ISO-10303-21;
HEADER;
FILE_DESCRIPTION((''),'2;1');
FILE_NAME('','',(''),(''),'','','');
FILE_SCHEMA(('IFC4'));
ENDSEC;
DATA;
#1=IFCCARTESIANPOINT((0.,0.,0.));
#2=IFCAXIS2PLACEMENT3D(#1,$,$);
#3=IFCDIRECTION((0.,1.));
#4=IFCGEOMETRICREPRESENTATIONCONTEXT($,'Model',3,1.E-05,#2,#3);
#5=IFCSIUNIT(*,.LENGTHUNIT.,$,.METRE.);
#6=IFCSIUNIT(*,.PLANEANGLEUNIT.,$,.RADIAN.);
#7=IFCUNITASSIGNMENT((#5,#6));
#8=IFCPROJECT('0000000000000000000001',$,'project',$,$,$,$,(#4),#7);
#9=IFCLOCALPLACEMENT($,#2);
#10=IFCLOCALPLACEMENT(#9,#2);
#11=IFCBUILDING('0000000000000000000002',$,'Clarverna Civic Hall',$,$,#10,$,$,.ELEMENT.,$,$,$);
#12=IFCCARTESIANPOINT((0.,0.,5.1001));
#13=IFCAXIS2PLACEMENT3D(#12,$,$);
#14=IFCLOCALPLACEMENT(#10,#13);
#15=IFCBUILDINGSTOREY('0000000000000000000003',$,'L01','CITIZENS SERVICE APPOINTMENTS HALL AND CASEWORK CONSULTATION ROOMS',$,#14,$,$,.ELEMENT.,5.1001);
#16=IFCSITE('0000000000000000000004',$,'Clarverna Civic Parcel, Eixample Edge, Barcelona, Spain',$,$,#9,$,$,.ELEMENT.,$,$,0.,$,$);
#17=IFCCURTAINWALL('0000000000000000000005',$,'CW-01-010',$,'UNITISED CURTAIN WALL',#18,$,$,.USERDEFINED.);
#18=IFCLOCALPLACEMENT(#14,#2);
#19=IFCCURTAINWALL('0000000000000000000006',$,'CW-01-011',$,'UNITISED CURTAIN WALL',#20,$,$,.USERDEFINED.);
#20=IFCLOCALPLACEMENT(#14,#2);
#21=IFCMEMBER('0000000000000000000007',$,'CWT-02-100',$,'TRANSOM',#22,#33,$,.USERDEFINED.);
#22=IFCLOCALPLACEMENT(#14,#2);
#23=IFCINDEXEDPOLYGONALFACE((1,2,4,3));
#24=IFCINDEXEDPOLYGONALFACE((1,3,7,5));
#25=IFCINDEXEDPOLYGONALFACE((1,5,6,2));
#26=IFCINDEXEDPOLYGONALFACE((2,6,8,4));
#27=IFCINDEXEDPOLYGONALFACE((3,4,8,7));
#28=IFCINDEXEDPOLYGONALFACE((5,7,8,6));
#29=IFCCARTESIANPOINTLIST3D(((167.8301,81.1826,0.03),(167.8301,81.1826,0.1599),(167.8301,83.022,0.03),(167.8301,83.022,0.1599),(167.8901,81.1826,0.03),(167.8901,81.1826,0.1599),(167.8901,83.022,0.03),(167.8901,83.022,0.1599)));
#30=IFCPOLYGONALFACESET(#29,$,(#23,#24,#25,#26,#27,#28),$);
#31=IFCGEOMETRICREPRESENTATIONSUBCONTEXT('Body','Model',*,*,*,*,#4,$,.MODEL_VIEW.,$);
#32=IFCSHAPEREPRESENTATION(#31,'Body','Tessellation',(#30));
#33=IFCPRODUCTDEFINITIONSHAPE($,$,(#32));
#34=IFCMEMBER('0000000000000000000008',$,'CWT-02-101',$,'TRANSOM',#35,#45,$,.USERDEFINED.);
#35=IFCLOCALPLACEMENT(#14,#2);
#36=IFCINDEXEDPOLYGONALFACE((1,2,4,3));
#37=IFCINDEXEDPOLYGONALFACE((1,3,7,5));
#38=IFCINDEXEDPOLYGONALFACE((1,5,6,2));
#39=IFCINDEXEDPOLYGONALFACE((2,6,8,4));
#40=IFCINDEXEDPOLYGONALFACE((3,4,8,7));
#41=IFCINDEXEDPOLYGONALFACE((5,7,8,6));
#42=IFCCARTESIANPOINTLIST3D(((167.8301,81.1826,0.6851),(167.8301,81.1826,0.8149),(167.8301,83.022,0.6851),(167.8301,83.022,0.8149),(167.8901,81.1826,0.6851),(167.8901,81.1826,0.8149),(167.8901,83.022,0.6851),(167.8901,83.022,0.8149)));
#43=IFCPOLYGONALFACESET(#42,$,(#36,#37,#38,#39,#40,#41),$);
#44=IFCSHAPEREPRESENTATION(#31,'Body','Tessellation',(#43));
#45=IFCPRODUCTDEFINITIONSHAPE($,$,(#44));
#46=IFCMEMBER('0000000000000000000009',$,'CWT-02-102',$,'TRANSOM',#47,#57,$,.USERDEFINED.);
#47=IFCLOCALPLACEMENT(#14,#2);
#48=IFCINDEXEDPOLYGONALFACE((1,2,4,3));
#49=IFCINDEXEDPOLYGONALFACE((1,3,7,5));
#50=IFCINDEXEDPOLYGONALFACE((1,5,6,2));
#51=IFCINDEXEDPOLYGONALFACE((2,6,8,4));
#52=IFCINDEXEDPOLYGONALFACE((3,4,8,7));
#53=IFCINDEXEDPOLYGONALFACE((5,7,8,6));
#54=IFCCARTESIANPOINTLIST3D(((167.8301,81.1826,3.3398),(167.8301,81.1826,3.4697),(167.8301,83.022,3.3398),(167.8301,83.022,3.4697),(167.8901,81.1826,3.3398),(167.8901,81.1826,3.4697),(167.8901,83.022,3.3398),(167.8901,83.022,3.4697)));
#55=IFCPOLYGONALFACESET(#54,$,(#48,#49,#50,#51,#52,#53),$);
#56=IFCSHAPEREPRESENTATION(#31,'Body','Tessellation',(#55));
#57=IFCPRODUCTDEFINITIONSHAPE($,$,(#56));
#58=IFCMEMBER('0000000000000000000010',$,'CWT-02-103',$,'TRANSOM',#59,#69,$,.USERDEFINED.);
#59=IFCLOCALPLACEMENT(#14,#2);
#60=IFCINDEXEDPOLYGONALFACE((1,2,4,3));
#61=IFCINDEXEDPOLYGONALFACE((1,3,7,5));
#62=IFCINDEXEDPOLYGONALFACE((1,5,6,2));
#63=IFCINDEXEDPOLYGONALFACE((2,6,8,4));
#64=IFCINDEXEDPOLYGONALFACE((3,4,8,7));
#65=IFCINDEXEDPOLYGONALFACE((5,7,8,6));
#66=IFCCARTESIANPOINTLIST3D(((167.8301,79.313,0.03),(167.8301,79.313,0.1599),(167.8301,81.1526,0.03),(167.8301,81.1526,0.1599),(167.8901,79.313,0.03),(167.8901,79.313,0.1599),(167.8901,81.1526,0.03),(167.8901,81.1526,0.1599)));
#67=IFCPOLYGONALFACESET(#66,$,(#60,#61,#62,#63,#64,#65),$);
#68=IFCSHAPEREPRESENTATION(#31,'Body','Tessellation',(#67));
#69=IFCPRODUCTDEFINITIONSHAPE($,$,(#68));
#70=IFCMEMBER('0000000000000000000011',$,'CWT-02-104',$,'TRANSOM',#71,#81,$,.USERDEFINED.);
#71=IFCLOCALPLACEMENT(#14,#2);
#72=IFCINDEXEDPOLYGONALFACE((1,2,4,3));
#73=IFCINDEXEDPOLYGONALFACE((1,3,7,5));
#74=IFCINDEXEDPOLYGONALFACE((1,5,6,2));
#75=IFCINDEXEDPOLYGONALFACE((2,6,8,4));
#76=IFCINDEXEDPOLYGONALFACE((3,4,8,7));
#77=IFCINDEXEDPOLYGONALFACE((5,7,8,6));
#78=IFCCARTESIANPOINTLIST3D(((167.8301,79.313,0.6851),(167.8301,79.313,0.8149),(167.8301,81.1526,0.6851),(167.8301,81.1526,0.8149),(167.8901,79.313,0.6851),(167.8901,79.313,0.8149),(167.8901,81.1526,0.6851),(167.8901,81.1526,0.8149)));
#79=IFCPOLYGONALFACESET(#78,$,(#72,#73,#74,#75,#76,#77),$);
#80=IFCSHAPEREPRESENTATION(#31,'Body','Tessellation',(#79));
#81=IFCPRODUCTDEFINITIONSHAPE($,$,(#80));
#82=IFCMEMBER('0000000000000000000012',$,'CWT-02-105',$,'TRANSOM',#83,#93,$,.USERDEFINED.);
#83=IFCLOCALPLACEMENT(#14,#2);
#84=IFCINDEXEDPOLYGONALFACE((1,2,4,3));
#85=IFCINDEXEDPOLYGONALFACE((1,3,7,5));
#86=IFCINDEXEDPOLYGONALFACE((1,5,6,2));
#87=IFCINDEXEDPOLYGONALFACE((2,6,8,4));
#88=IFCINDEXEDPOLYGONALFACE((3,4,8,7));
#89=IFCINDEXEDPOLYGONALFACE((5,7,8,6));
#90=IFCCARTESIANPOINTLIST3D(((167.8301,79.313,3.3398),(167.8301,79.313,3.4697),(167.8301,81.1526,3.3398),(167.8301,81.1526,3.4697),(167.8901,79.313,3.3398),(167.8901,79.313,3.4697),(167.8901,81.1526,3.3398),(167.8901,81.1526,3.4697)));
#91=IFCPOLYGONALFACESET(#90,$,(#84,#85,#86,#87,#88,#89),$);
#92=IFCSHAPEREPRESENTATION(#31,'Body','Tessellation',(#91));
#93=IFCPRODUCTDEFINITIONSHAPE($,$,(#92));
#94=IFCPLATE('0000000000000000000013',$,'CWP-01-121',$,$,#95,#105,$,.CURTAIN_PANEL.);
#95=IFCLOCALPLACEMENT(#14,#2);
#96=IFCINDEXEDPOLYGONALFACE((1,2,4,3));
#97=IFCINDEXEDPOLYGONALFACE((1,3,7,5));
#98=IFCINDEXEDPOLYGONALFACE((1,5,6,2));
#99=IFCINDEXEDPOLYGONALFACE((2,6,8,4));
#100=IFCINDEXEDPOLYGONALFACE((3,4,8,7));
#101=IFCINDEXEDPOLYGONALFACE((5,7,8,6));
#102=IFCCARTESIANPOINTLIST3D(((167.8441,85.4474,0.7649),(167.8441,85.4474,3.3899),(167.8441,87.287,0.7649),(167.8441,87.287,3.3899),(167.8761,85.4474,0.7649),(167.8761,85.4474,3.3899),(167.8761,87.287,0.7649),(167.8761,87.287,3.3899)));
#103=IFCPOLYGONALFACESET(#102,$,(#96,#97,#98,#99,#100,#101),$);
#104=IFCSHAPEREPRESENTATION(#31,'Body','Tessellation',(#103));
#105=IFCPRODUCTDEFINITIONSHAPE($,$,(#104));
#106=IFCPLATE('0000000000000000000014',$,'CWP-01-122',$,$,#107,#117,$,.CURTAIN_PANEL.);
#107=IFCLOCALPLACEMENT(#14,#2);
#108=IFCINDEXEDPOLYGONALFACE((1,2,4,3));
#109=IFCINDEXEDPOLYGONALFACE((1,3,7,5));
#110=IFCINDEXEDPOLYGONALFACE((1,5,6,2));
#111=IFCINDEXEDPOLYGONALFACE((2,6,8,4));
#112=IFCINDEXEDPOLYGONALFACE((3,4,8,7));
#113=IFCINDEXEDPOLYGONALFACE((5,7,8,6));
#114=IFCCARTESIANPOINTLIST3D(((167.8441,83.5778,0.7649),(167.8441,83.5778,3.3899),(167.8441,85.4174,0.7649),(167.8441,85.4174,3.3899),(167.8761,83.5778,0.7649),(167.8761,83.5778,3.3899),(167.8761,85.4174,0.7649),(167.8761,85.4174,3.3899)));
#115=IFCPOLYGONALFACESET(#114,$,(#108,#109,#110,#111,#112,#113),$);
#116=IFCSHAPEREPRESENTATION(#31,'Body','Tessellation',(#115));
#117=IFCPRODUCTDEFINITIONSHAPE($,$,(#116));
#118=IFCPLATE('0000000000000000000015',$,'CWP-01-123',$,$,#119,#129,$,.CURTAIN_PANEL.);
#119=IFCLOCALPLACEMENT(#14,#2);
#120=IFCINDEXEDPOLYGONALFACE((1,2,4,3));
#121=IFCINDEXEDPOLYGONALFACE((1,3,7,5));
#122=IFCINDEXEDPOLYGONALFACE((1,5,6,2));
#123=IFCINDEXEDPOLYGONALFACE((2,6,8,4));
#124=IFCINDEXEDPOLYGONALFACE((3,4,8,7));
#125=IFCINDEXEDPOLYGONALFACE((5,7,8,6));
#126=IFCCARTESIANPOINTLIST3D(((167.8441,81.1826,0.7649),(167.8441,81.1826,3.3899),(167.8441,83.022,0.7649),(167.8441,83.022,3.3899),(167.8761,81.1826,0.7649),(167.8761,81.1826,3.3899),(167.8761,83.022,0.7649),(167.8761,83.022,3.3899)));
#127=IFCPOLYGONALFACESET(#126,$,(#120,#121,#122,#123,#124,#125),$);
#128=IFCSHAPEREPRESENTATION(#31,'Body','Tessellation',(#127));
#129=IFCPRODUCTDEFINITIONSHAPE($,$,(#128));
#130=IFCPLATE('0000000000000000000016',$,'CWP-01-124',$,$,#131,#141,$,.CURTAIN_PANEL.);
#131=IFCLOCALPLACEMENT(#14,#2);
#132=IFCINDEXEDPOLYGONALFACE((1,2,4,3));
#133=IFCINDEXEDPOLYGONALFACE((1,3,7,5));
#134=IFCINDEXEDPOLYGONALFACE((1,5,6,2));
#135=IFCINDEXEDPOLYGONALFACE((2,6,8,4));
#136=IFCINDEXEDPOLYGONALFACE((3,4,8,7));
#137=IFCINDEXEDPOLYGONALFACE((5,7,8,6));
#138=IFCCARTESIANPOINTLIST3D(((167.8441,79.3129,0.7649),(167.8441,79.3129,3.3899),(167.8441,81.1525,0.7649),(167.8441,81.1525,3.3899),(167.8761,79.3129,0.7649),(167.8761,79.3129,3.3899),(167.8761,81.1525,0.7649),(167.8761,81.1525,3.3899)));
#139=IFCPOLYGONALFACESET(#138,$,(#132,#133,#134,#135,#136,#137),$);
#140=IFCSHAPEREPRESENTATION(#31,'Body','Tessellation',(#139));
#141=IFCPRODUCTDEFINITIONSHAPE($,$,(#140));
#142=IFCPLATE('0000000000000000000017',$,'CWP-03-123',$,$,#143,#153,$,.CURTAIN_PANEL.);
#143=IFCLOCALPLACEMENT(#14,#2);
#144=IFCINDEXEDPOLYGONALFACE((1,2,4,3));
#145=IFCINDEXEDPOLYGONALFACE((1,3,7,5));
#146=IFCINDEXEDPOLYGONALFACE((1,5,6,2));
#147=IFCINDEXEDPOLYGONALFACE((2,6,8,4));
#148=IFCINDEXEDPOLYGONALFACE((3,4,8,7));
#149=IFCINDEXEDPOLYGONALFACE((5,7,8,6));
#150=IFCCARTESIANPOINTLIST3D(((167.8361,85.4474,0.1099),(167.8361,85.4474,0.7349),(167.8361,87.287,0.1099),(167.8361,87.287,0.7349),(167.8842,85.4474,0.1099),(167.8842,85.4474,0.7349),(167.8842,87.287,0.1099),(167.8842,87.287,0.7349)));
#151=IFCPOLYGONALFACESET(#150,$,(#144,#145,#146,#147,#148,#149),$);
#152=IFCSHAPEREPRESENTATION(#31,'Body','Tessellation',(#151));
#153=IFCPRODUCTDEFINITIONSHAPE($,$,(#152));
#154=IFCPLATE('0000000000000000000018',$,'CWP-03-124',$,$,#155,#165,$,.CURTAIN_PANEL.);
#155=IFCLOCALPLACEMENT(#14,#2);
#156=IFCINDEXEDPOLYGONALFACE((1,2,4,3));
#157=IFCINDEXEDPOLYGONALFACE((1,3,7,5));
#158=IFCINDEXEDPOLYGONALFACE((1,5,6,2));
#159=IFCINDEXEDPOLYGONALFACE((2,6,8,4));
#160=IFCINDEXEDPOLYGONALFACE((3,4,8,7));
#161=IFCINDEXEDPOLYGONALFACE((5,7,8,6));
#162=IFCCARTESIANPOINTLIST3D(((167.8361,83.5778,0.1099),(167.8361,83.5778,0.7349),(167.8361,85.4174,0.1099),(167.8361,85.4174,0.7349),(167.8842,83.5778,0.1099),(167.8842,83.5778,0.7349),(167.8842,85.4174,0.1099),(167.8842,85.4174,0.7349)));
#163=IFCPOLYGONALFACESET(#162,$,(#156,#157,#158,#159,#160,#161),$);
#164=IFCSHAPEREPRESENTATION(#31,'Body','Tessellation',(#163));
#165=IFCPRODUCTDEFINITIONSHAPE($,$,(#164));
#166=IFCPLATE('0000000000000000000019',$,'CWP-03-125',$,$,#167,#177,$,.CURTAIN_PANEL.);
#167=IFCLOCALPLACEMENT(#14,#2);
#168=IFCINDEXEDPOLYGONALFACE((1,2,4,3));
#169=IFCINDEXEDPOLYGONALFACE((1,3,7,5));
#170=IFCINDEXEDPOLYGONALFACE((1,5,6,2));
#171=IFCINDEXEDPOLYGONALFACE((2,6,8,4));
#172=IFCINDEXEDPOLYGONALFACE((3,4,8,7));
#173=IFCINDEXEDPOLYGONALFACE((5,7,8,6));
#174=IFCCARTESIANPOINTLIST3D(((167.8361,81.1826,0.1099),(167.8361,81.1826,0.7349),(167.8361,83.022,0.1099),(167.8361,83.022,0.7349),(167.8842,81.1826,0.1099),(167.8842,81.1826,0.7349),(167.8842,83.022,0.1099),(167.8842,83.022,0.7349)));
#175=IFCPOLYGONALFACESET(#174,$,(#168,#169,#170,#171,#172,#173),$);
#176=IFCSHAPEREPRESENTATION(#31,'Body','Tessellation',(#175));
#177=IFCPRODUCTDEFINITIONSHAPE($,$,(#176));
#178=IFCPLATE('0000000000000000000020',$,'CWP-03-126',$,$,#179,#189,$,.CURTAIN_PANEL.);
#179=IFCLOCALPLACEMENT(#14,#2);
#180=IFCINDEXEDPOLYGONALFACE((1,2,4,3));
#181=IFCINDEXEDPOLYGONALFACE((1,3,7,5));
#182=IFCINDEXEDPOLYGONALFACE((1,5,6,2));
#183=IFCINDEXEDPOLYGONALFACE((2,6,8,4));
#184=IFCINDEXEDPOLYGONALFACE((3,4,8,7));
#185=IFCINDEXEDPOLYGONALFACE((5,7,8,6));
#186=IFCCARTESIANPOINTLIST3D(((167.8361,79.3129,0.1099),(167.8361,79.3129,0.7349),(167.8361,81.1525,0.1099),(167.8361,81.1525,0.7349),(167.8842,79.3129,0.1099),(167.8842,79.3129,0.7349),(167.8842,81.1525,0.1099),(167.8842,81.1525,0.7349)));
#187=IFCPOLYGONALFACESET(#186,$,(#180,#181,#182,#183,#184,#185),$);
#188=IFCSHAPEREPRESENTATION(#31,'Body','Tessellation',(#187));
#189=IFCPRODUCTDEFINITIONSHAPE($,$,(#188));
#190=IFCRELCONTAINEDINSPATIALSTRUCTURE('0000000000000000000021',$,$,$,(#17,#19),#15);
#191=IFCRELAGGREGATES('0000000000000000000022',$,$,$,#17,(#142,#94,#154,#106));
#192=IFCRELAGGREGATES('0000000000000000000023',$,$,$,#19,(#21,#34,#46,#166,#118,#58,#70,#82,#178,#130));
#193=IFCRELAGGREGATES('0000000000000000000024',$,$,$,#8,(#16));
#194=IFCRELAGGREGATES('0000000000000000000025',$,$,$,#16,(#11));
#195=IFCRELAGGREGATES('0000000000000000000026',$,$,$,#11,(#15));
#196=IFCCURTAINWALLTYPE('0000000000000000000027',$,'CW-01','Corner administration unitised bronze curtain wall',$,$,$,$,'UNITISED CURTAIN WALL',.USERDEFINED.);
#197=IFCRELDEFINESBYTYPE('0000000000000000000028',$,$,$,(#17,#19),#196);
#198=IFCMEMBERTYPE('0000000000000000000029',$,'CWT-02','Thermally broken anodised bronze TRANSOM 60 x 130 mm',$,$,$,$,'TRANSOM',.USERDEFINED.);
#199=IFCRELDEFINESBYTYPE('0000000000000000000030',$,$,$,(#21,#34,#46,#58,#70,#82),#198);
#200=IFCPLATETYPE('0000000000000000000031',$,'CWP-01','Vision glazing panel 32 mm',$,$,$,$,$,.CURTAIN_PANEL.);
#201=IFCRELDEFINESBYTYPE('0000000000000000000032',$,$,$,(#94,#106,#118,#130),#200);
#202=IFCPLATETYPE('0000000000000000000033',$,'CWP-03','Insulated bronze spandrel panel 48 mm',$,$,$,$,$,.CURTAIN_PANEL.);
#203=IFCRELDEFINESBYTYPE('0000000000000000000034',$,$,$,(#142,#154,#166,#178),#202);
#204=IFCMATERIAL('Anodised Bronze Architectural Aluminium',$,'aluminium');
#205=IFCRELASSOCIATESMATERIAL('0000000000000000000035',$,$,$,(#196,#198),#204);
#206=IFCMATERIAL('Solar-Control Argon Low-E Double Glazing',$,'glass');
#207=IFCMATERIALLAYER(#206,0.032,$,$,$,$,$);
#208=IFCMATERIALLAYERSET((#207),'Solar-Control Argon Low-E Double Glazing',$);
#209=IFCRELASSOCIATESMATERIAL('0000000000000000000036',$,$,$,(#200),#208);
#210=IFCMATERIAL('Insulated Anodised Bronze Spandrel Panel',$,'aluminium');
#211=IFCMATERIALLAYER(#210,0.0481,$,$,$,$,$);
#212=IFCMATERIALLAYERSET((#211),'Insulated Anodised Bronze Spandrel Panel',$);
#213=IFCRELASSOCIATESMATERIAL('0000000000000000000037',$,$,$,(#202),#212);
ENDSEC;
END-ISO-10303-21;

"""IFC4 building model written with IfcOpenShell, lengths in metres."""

from ifc_helpers import new_model, si_unit, direction, frame, frame_2d, origin, origin_2d, place, context, subcontext, project, spatial, rectangle, extrude, material, layer, layer_set, material_profile, profile_set, type_object, element, aggregate, save


model = new_model("IFC4")

# Units and contexts
model_context = context("Model", 3, precision=1e-05, world=origin(), true_north=direction((0.0, 1.0)))
body_context = subcontext(model_context, "Body", "Model", "MODEL_VIEW")
ifc_project = project(units=[si_unit("LENGTHUNIT", "METRE"), si_unit("PLANEANGLEUNIT", "RADIAN")], contexts=[model_context])

# Site, building, storey
site_placement = place(None, origin())
site = spatial("IfcSite", under=ifc_project, at=site_placement, Name="Clarverna Civic Parcel, Eixample Edge, Barcelona, Spain", CompositionType="ELEMENT", RefElevation=0.0)
building_placement = place(site_placement, origin())
building = spatial("IfcBuilding", under=site, at=building_placement, Name="Clarverna Civic Hall", CompositionType="ELEMENT")
storey_placement = place(building_placement, frame((0.0, 0.0, 5.1001)))
storey = spatial("IfcBuildingStorey", under=building, at=storey_placement, Name="L01", Description="CITIZENS SERVICE APPOINTMENTS HALL AND CASEWORK CONSULTATION ROOMS", CompositionType="ELEMENT", Elevation=5.1001)

# Curtain walls
ifc_material_1 = material(Name="Anodised Bronze Architectural Aluminium", Category="aluminium")
curtain_wall_type = type_object("IfcCurtainWallType", Name="CW-01", Description="Corner administration unitised bronze curtain wall", ElementType="UNITISED CURTAIN WALL", PredefinedType="USERDEFINED", material=ifc_material_1)
curtain_wall_1_placement = place(storey_placement, origin())
curtain_wall_1 = element("IfcCurtainWall", 1, at=curtain_wall_1_placement, inside=storey, type_object=curtain_wall_type, Name="CW-01-010", ObjectType="UNITISED CURTAIN WALL", PredefinedType="USERDEFINED")
curtain_wall_2_placement = place(storey_placement, origin())
curtain_wall_2 = element("IfcCurtainWall", 2, at=curtain_wall_2_placement, inside=storey, type_object=curtain_wall_type, Name="CW-01-011", ObjectType="UNITISED CURTAIN WALL", PredefinedType="USERDEFINED")

# Members
ifc_material_profile_1 = material_profile(ifc_material_1, rectangle(XDim=0.0601, YDim=0.1299, at=origin_2d()), Name="BRONZE 60x130")
ifc_profile_set_1 = profile_set([ifc_material_profile_1], Name="Anodised Bronze Architectural Aluminium")
member_type_1 = type_object("IfcMemberType", Name="CWT-02", Description="Thermally broken anodised bronze TRANSOM 60 x 130 mm", ElementType="TRANSOM", PredefinedType="USERDEFINED", material=ifc_profile_set_1)
member_1_placement = place(storey_placement, frame((167.8601, 83.022, 0.095), z_axis=(0.0, -1.0, 0.0), x_axis=(1.0, 0.0, 0.0)))
member_1 = element("IfcMember", 3, at=member_1_placement, type_object=member_type_1, Name="CWT-02-100", ObjectType="TRANSOM", PredefinedType="USERDEFINED", context=body_context, shape_type="SweptSolid", body=[
    extrude(rectangle(XDim=0.0601, YDim=0.1299, at=origin_2d()), origin(), (0.0, 0.0, 1.0), 1.8394),
])
member_2_placement = place(storey_placement, frame((167.8601, 83.022, 0.75), z_axis=(0.0, -1.0, 0.0), x_axis=(1.0, 0.0, 0.0)))
member_2 = element("IfcMember", 4, at=member_2_placement, type_object=member_type_1, Name="CWT-02-101", ObjectType="TRANSOM", PredefinedType="USERDEFINED", context=body_context, shape_type="SweptSolid", body=[
    extrude(rectangle(XDim=0.0601, YDim=0.1299, at=origin_2d()), origin(), (0.0, 0.0, 1.0), 1.8394),
])
member_3_placement = place(storey_placement, frame((167.8601, 83.022, 3.4048), z_axis=(0.0, -1.0, 0.0), x_axis=(1.0, 0.0, 0.0)))
member_3 = element("IfcMember", 5, at=member_3_placement, type_object=member_type_1, Name="CWT-02-102", ObjectType="TRANSOM", PredefinedType="USERDEFINED", context=body_context, shape_type="SweptSolid", body=[
    extrude(rectangle(XDim=0.0601, YDim=0.1299, at=origin_2d()), origin(), (0.0, 0.0, 1.0), 1.8394),
])
member_4_placement = place(storey_placement, frame((167.8601, 81.1526, 0.095), z_axis=(0.0, -1.0, 0.0), x_axis=(1.0, 0.0, 0.0)))
member_4 = element("IfcMember", 6, at=member_4_placement, type_object=member_type_1, Name="CWT-02-103", ObjectType="TRANSOM", PredefinedType="USERDEFINED", context=body_context, shape_type="SweptSolid", body=[
    extrude(rectangle(XDim=0.0601, YDim=0.1299, at=origin_2d()), origin(), (0.0, 0.0, 1.0), 1.8396),
])
member_5_placement = place(storey_placement, frame((167.8601, 81.1526, 0.75), z_axis=(0.0, -1.0, 0.0), x_axis=(1.0, 0.0, 0.0)))
member_5 = element("IfcMember", 7, at=member_5_placement, type_object=member_type_1, Name="CWT-02-104", ObjectType="TRANSOM", PredefinedType="USERDEFINED", context=body_context, shape_type="SweptSolid", body=[
    extrude(rectangle(XDim=0.0601, YDim=0.1299, at=origin_2d()), origin(), (0.0, 0.0, 1.0), 1.8396),
])
member_6_placement = place(storey_placement, frame((167.8601, 81.1526, 3.4048), z_axis=(0.0, -1.0, 0.0), x_axis=(1.0, 0.0, 0.0)))
member_6 = element("IfcMember", 8, at=member_6_placement, type_object=member_type_1, Name="CWT-02-105", ObjectType="TRANSOM", PredefinedType="USERDEFINED", context=body_context, shape_type="SweptSolid", body=[
    extrude(rectangle(XDim=0.0601, YDim=0.1299, at=origin_2d()), origin(), (0.0, 0.0, 1.0), 1.8396),
])

# Plates
ifc_material_2 = material(Name="Solar-Control Argon Low-E Double Glazing", Category="glass")
ifc_layer_1 = layer(ifc_material_2, 0.032)
ifc_layer_set_1 = layer_set([ifc_layer_1], Name="Solar-Control Argon Low-E Double Glazing")
plate_type_1 = type_object("IfcPlateType", Name="CWP-01", Description="Vision glazing panel 32 mm", PredefinedType="CURTAIN_PANEL", material=ifc_layer_set_1)
plate_1_placement = place(storey_placement, frame((167.8601, 87.2871, 0.7649), z_axis=(0.0, 0.0, 1.0), x_axis=(0.0, -1.0, 0.0)))
plate_1 = element("IfcPlate", 9, at=plate_1_placement, type_object=plate_type_1, Name="CWP-01-121", PredefinedType="CURTAIN_PANEL", context=body_context, shape_type="SweptSolid", body=[
    extrude(rectangle(XDim=1.8396, YDim=0.032, at=frame_2d((0.9199, 0.0))), origin(), (0.0, 0.0, 1.0), 2.625),
])
plate_2_placement = place(storey_placement, frame((167.8601, 85.4175, 0.7649), z_axis=(0.0, 0.0, 1.0), x_axis=(0.0, -1.0, 0.0)))
plate_2 = element("IfcPlate", 10, at=plate_2_placement, type_object=plate_type_1, Name="CWP-01-122", PredefinedType="CURTAIN_PANEL", context=body_context, shape_type="SweptSolid", body=[
    extrude(rectangle(XDim=1.8396, YDim=0.032, at=frame_2d((0.9199, 0.0))), origin(), (0.0, 0.0, 1.0), 2.625),
])
plate_3_placement = place(storey_placement, frame((167.8601, 83.022, 0.7649), z_axis=(0.0, 0.0, 1.0), x_axis=(0.0, -1.0, 0.0)))
plate_3 = element("IfcPlate", 11, at=plate_3_placement, type_object=plate_type_1, Name="CWP-01-123", PredefinedType="CURTAIN_PANEL", context=body_context, shape_type="SweptSolid", body=[
    extrude(rectangle(XDim=1.8394, YDim=0.032, at=frame_2d((0.9197, 0.0))), origin(), (0.0, 0.0, 1.0), 2.625),
])
plate_4_placement = place(storey_placement, frame((167.8601, 81.1526, 0.7649), z_axis=(0.0, 0.0, 1.0), x_axis=(0.0, -1.0, 0.0)))
plate_4 = element("IfcPlate", 12, at=plate_4_placement, type_object=plate_type_1, Name="CWP-01-124", PredefinedType="CURTAIN_PANEL", context=body_context, shape_type="SweptSolid", body=[
    extrude(rectangle(XDim=1.8396, YDim=0.032, at=frame_2d((0.9199, 0.0))), origin(), (0.0, 0.0, 1.0), 2.625),
])
ifc_material_3 = material(Name="Insulated Anodised Bronze Spandrel Panel", Category="aluminium")
ifc_layer_2 = layer(ifc_material_3, 0.0481)
ifc_layer_set_2 = layer_set([ifc_layer_2], Name="Insulated Anodised Bronze Spandrel Panel")
plate_type_2 = type_object("IfcPlateType", Name="CWP-03", Description="Insulated bronze spandrel panel 48 mm", PredefinedType="CURTAIN_PANEL", material=ifc_layer_set_2)
plate_5_placement = place(storey_placement, frame((167.8601, 87.2871, 0.1099), z_axis=(0.0, 0.0, 1.0), x_axis=(0.0, -1.0, 0.0)))
plate_5 = element("IfcPlate", 13, at=plate_5_placement, type_object=plate_type_2, Name="CWP-03-123", PredefinedType="CURTAIN_PANEL", context=body_context, shape_type="SweptSolid", body=[
    extrude(rectangle(XDim=1.8396, YDim=0.0481, at=frame_2d((0.9199, 0.0))), origin(), (0.0, 0.0, 1.0), 0.625),
])
plate_6_placement = place(storey_placement, frame((167.8601, 85.4175, 0.1099), z_axis=(0.0, 0.0, 1.0), x_axis=(0.0, -1.0, 0.0)))
plate_6 = element("IfcPlate", 14, at=plate_6_placement, type_object=plate_type_2, Name="CWP-03-124", PredefinedType="CURTAIN_PANEL", context=body_context, shape_type="SweptSolid", body=[
    extrude(rectangle(XDim=1.8396, YDim=0.0481, at=frame_2d((0.9199, 0.0))), origin(), (0.0, 0.0, 1.0), 0.625),
])
aggregate(curtain_wall_1, [plate_5, plate_1, plate_6, plate_2])
plate_7_placement = place(storey_placement, frame((167.8601, 83.022, 0.1099), z_axis=(0.0, 0.0, 1.0), x_axis=(0.0, -1.0, 0.0)))
plate_7 = element("IfcPlate", 15, at=plate_7_placement, type_object=plate_type_2, Name="CWP-03-125", PredefinedType="CURTAIN_PANEL", context=body_context, shape_type="SweptSolid", body=[
    extrude(rectangle(XDim=1.8394, YDim=0.0481, at=frame_2d((0.9197, 0.0))), origin(), (0.0, 0.0, 1.0), 0.625),
])
plate_8_placement = place(storey_placement, frame((167.8601, 81.1526, 0.1099), z_axis=(0.0, 0.0, 1.0), x_axis=(0.0, -1.0, 0.0)))
plate_8 = element("IfcPlate", 16, at=plate_8_placement, type_object=plate_type_2, Name="CWP-03-126", PredefinedType="CURTAIN_PANEL", context=body_context, shape_type="SweptSolid", body=[
    extrude(rectangle(XDim=1.8396, YDim=0.0481, at=frame_2d((0.9199, 0.0))), origin(), (0.0, 0.0, 1.0), 0.625),
])
aggregate(curtain_wall_2, [member_1, member_2, member_3, plate_7, plate_3, member_4, member_5, member_6, plate_8, plate_4])

save(model, "model.ifc")
